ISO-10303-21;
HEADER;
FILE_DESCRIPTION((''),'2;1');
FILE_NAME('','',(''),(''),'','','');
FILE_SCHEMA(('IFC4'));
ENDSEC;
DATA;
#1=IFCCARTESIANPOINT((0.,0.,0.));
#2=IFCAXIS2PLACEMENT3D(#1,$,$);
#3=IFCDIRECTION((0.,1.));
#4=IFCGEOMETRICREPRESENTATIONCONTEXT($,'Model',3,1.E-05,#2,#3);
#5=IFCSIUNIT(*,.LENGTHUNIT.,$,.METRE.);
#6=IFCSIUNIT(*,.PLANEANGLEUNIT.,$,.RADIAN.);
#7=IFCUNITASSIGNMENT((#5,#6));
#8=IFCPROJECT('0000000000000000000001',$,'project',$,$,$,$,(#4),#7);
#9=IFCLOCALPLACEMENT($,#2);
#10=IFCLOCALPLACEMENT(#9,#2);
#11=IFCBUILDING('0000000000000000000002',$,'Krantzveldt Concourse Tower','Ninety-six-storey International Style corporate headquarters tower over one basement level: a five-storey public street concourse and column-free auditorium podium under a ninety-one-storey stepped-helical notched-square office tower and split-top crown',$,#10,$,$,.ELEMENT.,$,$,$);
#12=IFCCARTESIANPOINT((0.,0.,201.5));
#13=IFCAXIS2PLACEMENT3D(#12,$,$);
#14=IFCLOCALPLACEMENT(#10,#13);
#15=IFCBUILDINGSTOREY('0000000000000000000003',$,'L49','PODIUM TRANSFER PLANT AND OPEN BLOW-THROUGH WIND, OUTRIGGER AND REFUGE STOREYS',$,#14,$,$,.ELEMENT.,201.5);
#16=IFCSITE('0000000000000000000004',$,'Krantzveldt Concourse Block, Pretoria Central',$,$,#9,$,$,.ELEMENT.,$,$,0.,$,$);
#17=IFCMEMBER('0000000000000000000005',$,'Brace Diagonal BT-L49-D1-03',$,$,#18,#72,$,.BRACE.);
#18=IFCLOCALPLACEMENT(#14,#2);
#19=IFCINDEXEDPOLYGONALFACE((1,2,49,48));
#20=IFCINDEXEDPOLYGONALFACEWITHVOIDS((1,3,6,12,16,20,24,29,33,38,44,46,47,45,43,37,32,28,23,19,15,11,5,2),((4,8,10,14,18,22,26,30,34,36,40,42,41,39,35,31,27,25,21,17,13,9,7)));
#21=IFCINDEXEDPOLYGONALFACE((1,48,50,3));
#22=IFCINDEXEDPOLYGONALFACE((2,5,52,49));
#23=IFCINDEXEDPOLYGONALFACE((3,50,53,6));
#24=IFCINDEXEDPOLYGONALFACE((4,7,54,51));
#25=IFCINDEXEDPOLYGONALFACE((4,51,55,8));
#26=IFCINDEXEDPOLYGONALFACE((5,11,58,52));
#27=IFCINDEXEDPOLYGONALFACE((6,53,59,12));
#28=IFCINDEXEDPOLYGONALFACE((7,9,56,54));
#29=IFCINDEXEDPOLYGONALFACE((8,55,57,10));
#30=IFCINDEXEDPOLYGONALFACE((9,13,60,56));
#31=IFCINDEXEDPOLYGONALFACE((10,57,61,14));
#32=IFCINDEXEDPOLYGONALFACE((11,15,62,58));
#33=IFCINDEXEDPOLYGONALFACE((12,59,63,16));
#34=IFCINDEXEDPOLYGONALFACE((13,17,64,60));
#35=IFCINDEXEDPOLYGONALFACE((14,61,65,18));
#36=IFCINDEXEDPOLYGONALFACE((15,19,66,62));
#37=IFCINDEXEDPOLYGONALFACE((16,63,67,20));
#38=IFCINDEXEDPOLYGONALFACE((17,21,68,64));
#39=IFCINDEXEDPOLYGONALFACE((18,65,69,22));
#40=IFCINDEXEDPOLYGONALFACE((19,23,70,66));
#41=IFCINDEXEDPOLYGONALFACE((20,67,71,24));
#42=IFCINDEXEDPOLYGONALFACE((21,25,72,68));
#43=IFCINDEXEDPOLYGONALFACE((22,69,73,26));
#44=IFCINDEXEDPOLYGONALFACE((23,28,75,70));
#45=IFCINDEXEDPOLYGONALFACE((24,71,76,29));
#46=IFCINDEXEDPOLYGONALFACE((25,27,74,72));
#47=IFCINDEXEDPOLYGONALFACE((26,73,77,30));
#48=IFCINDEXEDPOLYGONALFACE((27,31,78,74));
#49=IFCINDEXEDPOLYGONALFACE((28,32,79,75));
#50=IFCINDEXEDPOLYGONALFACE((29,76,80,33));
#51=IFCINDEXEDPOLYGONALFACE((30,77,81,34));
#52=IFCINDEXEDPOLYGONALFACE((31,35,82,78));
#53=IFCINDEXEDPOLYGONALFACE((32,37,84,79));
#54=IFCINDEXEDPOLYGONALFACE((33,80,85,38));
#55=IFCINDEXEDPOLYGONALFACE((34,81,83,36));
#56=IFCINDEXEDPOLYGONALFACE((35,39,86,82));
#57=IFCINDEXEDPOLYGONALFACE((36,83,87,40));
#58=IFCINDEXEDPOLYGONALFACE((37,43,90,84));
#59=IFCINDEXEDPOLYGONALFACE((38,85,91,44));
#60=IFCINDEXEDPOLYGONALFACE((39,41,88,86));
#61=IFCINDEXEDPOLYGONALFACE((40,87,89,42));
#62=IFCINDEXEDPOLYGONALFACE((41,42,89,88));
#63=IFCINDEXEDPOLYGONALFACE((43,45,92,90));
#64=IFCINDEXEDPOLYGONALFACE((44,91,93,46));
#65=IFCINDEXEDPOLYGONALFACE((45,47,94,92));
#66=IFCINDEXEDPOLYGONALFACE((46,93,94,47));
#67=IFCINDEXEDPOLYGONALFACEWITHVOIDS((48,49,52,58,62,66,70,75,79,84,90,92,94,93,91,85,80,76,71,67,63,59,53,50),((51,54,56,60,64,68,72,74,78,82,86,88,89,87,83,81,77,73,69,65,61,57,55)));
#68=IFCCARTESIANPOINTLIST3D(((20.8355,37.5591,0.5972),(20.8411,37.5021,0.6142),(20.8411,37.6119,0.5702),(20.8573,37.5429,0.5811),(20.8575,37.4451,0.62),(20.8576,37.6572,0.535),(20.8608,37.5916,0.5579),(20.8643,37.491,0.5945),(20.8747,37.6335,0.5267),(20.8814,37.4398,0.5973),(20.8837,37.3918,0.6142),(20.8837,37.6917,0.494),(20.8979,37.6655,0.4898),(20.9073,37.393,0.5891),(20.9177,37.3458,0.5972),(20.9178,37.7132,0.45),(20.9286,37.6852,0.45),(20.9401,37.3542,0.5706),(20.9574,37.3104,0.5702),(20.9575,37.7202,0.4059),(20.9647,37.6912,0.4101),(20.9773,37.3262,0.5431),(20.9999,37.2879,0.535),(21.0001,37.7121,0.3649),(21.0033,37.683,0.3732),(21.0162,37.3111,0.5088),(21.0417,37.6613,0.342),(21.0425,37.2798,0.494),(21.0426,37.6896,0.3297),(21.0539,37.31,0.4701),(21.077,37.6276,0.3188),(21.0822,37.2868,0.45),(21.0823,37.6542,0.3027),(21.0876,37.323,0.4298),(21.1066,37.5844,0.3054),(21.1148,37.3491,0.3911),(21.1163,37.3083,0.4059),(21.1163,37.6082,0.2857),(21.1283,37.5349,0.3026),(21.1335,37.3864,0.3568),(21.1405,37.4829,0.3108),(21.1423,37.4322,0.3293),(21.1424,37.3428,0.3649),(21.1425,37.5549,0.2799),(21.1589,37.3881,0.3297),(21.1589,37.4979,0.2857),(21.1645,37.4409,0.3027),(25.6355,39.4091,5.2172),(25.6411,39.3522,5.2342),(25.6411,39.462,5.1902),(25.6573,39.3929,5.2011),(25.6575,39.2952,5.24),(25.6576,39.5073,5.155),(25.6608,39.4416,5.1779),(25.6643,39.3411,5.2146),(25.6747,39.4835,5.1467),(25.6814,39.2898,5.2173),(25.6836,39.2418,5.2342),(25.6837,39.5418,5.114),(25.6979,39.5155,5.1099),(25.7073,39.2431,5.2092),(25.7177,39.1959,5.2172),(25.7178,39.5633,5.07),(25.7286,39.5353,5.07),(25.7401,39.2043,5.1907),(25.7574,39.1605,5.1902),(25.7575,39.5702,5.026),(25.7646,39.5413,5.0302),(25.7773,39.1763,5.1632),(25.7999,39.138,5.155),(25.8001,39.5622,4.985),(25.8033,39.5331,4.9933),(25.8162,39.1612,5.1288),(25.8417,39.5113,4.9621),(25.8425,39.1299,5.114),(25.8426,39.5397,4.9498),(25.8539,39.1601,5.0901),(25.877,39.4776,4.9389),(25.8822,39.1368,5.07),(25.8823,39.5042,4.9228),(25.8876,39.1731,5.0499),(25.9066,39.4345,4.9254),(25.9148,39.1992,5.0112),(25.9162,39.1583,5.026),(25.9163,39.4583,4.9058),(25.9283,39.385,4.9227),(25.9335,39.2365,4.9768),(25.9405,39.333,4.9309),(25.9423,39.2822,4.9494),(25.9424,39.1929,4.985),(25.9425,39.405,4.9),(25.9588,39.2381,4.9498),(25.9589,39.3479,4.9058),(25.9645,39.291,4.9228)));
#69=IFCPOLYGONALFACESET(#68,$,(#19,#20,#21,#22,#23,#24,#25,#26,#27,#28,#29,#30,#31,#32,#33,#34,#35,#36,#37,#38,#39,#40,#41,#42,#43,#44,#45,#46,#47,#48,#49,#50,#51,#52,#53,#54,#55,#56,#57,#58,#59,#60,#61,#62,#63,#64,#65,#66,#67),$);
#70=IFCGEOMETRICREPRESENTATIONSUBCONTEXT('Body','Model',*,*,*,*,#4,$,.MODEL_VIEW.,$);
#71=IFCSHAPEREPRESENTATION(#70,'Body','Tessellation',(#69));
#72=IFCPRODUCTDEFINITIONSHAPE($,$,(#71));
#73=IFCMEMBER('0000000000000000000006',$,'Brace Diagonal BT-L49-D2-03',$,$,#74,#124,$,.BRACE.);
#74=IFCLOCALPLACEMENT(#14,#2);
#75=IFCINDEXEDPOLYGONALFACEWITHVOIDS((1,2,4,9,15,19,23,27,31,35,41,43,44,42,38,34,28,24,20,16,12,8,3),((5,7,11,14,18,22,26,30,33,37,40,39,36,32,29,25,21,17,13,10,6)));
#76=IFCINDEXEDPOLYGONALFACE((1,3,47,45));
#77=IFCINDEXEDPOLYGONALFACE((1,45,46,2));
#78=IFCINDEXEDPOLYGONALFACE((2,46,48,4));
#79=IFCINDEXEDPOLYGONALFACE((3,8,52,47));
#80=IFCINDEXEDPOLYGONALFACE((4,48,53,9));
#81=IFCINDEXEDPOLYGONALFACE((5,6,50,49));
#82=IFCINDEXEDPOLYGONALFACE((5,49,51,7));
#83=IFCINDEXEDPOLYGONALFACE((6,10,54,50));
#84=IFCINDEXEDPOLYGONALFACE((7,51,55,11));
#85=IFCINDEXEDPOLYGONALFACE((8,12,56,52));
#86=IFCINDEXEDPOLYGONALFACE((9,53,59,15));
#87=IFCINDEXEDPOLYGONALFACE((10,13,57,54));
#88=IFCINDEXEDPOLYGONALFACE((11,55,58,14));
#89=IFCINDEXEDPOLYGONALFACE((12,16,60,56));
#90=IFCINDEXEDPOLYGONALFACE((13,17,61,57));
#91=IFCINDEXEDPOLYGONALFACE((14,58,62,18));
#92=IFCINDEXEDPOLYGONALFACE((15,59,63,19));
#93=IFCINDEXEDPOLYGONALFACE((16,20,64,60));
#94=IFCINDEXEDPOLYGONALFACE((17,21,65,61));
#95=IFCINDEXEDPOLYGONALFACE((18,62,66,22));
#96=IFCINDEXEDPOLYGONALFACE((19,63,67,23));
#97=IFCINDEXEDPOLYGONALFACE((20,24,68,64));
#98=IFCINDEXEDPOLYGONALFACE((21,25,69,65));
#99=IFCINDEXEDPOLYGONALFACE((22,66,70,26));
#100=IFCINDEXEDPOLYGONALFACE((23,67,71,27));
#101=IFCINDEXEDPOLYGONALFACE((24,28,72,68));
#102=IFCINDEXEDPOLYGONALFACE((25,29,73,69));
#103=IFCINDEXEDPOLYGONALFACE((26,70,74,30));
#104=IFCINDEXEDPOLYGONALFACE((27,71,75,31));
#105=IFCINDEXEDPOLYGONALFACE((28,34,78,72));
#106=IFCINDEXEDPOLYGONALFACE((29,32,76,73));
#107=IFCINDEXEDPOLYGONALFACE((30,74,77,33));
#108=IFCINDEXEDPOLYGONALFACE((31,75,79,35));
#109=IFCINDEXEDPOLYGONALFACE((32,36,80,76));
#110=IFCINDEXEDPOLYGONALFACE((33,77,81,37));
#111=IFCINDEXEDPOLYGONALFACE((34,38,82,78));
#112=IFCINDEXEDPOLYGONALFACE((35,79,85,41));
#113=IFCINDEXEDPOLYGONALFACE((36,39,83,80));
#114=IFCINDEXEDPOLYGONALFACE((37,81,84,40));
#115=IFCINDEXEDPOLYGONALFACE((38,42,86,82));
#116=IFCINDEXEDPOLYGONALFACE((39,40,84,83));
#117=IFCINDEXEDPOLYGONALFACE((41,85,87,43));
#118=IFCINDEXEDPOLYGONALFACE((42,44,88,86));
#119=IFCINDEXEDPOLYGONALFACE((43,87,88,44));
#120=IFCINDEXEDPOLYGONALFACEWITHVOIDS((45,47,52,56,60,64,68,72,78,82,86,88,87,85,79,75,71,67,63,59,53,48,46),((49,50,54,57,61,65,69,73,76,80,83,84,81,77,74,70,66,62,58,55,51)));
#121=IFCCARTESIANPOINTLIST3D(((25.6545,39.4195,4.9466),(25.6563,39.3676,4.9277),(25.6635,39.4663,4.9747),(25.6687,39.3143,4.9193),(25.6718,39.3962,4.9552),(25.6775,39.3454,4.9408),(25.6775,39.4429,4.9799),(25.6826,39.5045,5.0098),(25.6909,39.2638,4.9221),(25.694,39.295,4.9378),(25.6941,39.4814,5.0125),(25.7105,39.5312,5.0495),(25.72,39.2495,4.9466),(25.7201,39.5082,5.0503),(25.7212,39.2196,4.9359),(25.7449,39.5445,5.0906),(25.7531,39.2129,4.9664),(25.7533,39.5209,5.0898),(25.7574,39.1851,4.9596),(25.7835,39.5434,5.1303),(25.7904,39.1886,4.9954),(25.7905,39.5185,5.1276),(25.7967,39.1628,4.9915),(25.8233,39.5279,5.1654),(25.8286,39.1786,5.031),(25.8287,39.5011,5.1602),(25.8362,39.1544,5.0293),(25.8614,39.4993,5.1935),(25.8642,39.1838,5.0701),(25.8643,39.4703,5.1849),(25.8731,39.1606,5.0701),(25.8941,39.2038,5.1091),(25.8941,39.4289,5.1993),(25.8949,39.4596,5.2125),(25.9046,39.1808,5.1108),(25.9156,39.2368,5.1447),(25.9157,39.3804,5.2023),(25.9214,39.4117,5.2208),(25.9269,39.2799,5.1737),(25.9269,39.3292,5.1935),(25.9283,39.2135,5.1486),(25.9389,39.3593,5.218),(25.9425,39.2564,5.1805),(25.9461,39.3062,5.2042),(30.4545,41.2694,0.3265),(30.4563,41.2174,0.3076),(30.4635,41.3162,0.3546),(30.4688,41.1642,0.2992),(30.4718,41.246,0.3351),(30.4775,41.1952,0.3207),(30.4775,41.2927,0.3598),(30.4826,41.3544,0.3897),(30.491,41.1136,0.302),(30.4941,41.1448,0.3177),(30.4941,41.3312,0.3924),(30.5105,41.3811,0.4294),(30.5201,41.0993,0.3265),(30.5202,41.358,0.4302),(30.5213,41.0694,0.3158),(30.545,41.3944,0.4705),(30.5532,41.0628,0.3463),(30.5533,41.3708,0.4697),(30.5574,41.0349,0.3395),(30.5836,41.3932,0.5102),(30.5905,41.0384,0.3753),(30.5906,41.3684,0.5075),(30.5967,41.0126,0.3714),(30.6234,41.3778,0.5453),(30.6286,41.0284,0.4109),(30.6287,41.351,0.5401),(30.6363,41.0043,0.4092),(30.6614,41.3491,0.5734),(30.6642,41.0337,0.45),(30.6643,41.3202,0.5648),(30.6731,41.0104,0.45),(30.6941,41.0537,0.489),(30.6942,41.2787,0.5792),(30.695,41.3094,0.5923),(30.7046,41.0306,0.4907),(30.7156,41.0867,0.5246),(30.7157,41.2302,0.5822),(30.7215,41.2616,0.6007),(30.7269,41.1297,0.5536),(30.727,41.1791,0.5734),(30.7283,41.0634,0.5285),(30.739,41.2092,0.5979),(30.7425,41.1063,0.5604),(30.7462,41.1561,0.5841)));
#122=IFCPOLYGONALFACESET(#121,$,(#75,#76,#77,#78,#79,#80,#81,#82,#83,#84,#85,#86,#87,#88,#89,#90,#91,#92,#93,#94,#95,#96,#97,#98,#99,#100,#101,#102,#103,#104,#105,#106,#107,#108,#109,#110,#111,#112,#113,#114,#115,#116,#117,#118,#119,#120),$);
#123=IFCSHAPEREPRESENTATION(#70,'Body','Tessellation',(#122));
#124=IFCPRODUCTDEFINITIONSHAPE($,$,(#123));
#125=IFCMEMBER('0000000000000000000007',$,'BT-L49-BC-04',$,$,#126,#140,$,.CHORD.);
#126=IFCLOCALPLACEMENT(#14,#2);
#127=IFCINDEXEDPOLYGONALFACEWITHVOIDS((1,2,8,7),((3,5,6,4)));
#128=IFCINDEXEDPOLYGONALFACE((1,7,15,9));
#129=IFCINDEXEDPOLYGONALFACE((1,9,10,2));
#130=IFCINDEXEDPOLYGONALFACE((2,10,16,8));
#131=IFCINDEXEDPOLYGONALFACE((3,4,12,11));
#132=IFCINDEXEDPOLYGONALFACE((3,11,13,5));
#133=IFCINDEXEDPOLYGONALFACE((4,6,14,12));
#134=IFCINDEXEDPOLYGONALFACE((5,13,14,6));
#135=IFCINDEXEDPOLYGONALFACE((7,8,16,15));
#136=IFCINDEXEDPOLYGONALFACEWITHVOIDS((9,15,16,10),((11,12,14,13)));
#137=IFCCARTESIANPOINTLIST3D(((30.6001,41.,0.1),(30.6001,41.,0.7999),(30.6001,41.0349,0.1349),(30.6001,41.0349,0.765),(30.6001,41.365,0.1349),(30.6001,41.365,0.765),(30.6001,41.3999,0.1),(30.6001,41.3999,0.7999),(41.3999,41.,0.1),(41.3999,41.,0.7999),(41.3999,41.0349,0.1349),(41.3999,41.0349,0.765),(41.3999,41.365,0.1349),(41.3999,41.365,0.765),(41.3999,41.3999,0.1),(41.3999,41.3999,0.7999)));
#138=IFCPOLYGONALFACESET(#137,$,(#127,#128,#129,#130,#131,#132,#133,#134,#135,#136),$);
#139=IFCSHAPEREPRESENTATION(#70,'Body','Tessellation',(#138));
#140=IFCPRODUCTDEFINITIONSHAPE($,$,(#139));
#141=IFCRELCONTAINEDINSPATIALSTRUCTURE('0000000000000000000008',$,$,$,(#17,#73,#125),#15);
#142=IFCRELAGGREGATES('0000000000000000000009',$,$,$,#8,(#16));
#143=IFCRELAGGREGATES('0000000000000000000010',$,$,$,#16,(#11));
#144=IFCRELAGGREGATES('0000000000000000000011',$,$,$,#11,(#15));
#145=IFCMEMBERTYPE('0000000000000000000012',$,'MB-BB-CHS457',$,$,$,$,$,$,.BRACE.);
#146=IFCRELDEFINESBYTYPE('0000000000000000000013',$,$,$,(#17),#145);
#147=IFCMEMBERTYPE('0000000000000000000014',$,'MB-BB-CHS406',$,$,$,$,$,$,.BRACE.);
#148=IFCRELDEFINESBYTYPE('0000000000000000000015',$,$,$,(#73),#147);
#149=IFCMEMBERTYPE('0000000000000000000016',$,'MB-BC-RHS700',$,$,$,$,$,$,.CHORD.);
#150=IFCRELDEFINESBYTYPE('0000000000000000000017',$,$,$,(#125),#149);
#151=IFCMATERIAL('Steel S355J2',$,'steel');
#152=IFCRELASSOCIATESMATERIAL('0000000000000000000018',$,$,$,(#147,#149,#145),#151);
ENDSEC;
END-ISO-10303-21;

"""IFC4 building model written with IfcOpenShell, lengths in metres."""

from ifc_helpers import new_model, si_unit, direction, frame, origin, origin_2d, place, context, subcontext, project, spatial, hollow_rectangle, hollow_circle, extrude, source, transform, mapped, material, material_profile, profile_set, type_object, element, save


model = new_model("IFC4")

# Units and contexts
model_context = context("Model", 3, precision=1e-05, world=origin(), true_north=direction((0.0, 1.0)))
body_context = subcontext(model_context, "Body", "Model", "MODEL_VIEW")
ifc_project = project(units=[si_unit("LENGTHUNIT", "METRE"), si_unit("PLANEANGLEUNIT", "RADIAN")], contexts=[model_context])

# Site, building, storey
site_placement = place(None, origin())
site = spatial("IfcSite", under=ifc_project, at=site_placement, Name="Krantzveldt Concourse Block, Pretoria Central", CompositionType="ELEMENT", RefElevation=0.0)
building_placement = place(site_placement, origin())
building = spatial("IfcBuilding", under=site, at=building_placement, Name="Krantzveldt Concourse Tower", Description="Ninety-six-storey International Style corporate headquarters tower over one basement level: a five-storey public street concourse and column-free auditorium podium under a ninety-one-storey stepped-helical notched-square office tower and split-top crown", CompositionType="ELEMENT")
storey_placement = place(building_placement, frame((0.0, 0.0, 201.5)))
storey = spatial("IfcBuildingStorey", under=building, at=storey_placement, Name="L49", Description="PODIUM TRANSFER PLANT AND OPEN BLOW-THROUGH WIND, OUTRIGGER AND REFUGE STOREYS", CompositionType="ELEMENT", Elevation=201.5)

# Members
ifc_material_1 = material(Name="Steel S355J2", Category="steel")
ifc_material_profile_1 = material_profile(ifc_material_1, hollow_circle(Radius=0.2031, WallThickness=0.0249, at=origin_2d()), Name="Steel S355J2", Category="steel")
ifc_profile_set_1 = profile_set([ifc_material_profile_1], Name="Steel S355J2 - CHS 406.4x25")
member_type_1 = type_object("IfcMemberType", Name="MB-BB-CHS406", PredefinedType="BRACE", material=ifc_profile_set_1)
ifc_material_profile_2 = material_profile(ifc_material_1, hollow_rectangle(XDim=0.3999, YDim=0.7, WallThickness=0.0349, at=origin_2d()), Name="Steel S355J2", Category="steel")
ifc_profile_set_2 = profile_set([ifc_material_profile_2], Name="Steel S355J2 - RHS 700x400x35")
member_type_2 = type_object("IfcMemberType", Name="MB-BC-RHS700", PredefinedType="CHORD", material=ifc_profile_set_2)
ifc_material_profile_3 = material_profile(ifc_material_1, hollow_circle(Radius=0.2285, WallThickness=0.03, at=origin_2d()), Name="Steel S355J2", Category="steel")
ifc_profile_set_3 = profile_set([ifc_material_profile_3], Name="Steel S355J2 - CHS 457x30")
member_type_3 = type_object("IfcMemberType", Name="MB-BB-CHS457", PredefinedType="BRACE", material=ifc_profile_set_3)
shared_shape_1 = source(origin(), body_context, "Body", "SweptSolid", [
    extrude(hollow_circle(Radius=0.2285, WallThickness=0.03, at=origin_2d()), origin(), (0.0, 0.0, 1.0), 6.9143),
])
member_1_placement = place(storey_placement, frame((21.0, 37.5, 0.45), z_axis=(0.694211, 0.267572, 0.668189), x_axis=(-0.359644, 0.93309, 0.0)))
element("IfcMember", 1, at=member_1_placement, inside=storey, type_object=member_type_3, Name="Brace Diagonal BT-L49-D1-03", PredefinedType="BRACE", context=body_context, shape_type="MappedRepresentation", body=[
    mapped(shared_shape_1, transform((0.0, 0.0, 0.0), x_axis=(1.0, 0.0, 0.0), y_axis=(0.0, 1.0, 0.0), z_axis=(0.0, 0.0, 1.0), scale=1.0)),
])
shared_shape_2 = source(origin(), body_context, "Body", "SweptSolid", [
    extrude(hollow_circle(Radius=0.2031, WallThickness=0.0249, at=origin_2d()), origin(), (0.0, 0.0, 1.0), 6.9143),
])
member_2_placement = place(storey_placement, frame((30.6001, 41.2, 0.45), z_axis=(-0.694218, -0.267539, 0.668195), x_axis=(0.359602, -0.933106, 0.0)))
element("IfcMember", 2, at=member_2_placement, inside=storey, type_object=member_type_1, Name="Brace Diagonal BT-L49-D2-03", PredefinedType="BRACE", context=body_context, shape_type="MappedRepresentation", body=[
    mapped(shared_shape_2, transform((0.0, 0.0, 0.0), x_axis=(1.0, 0.0, 0.0), y_axis=(0.0, 1.0, 0.0), z_axis=(0.0, 0.0, 1.0), scale=1.0)),
])
shared_shape_3 = source(origin(), body_context, "Body", "SweptSolid", [
    extrude(hollow_rectangle(XDim=0.3999, YDim=0.7, WallThickness=0.0349, at=origin_2d()), origin(), (0.0, 0.0, 1.0), 10.7998),
])
member_3_placement = place(storey_placement, frame((30.6001, 41.2, 0.45), z_axis=(1.0, 0.0, 0.0), x_axis=(0.0, 1.0, 0.0)))
element("IfcMember", 3, at=member_3_placement, inside=storey, type_object=member_type_2, Name="BT-L49-BC-04", PredefinedType="CHORD", context=body_context, shape_type="MappedRepresentation", body=[
    mapped(shared_shape_3, transform((0.0, 0.0, 0.0), x_axis=(1.0, 0.0, 0.0), y_axis=(0.0, 1.0, 0.0), z_axis=(0.0, 0.0, 1.0), scale=1.0)),
])

save(model, "model.ifc")
